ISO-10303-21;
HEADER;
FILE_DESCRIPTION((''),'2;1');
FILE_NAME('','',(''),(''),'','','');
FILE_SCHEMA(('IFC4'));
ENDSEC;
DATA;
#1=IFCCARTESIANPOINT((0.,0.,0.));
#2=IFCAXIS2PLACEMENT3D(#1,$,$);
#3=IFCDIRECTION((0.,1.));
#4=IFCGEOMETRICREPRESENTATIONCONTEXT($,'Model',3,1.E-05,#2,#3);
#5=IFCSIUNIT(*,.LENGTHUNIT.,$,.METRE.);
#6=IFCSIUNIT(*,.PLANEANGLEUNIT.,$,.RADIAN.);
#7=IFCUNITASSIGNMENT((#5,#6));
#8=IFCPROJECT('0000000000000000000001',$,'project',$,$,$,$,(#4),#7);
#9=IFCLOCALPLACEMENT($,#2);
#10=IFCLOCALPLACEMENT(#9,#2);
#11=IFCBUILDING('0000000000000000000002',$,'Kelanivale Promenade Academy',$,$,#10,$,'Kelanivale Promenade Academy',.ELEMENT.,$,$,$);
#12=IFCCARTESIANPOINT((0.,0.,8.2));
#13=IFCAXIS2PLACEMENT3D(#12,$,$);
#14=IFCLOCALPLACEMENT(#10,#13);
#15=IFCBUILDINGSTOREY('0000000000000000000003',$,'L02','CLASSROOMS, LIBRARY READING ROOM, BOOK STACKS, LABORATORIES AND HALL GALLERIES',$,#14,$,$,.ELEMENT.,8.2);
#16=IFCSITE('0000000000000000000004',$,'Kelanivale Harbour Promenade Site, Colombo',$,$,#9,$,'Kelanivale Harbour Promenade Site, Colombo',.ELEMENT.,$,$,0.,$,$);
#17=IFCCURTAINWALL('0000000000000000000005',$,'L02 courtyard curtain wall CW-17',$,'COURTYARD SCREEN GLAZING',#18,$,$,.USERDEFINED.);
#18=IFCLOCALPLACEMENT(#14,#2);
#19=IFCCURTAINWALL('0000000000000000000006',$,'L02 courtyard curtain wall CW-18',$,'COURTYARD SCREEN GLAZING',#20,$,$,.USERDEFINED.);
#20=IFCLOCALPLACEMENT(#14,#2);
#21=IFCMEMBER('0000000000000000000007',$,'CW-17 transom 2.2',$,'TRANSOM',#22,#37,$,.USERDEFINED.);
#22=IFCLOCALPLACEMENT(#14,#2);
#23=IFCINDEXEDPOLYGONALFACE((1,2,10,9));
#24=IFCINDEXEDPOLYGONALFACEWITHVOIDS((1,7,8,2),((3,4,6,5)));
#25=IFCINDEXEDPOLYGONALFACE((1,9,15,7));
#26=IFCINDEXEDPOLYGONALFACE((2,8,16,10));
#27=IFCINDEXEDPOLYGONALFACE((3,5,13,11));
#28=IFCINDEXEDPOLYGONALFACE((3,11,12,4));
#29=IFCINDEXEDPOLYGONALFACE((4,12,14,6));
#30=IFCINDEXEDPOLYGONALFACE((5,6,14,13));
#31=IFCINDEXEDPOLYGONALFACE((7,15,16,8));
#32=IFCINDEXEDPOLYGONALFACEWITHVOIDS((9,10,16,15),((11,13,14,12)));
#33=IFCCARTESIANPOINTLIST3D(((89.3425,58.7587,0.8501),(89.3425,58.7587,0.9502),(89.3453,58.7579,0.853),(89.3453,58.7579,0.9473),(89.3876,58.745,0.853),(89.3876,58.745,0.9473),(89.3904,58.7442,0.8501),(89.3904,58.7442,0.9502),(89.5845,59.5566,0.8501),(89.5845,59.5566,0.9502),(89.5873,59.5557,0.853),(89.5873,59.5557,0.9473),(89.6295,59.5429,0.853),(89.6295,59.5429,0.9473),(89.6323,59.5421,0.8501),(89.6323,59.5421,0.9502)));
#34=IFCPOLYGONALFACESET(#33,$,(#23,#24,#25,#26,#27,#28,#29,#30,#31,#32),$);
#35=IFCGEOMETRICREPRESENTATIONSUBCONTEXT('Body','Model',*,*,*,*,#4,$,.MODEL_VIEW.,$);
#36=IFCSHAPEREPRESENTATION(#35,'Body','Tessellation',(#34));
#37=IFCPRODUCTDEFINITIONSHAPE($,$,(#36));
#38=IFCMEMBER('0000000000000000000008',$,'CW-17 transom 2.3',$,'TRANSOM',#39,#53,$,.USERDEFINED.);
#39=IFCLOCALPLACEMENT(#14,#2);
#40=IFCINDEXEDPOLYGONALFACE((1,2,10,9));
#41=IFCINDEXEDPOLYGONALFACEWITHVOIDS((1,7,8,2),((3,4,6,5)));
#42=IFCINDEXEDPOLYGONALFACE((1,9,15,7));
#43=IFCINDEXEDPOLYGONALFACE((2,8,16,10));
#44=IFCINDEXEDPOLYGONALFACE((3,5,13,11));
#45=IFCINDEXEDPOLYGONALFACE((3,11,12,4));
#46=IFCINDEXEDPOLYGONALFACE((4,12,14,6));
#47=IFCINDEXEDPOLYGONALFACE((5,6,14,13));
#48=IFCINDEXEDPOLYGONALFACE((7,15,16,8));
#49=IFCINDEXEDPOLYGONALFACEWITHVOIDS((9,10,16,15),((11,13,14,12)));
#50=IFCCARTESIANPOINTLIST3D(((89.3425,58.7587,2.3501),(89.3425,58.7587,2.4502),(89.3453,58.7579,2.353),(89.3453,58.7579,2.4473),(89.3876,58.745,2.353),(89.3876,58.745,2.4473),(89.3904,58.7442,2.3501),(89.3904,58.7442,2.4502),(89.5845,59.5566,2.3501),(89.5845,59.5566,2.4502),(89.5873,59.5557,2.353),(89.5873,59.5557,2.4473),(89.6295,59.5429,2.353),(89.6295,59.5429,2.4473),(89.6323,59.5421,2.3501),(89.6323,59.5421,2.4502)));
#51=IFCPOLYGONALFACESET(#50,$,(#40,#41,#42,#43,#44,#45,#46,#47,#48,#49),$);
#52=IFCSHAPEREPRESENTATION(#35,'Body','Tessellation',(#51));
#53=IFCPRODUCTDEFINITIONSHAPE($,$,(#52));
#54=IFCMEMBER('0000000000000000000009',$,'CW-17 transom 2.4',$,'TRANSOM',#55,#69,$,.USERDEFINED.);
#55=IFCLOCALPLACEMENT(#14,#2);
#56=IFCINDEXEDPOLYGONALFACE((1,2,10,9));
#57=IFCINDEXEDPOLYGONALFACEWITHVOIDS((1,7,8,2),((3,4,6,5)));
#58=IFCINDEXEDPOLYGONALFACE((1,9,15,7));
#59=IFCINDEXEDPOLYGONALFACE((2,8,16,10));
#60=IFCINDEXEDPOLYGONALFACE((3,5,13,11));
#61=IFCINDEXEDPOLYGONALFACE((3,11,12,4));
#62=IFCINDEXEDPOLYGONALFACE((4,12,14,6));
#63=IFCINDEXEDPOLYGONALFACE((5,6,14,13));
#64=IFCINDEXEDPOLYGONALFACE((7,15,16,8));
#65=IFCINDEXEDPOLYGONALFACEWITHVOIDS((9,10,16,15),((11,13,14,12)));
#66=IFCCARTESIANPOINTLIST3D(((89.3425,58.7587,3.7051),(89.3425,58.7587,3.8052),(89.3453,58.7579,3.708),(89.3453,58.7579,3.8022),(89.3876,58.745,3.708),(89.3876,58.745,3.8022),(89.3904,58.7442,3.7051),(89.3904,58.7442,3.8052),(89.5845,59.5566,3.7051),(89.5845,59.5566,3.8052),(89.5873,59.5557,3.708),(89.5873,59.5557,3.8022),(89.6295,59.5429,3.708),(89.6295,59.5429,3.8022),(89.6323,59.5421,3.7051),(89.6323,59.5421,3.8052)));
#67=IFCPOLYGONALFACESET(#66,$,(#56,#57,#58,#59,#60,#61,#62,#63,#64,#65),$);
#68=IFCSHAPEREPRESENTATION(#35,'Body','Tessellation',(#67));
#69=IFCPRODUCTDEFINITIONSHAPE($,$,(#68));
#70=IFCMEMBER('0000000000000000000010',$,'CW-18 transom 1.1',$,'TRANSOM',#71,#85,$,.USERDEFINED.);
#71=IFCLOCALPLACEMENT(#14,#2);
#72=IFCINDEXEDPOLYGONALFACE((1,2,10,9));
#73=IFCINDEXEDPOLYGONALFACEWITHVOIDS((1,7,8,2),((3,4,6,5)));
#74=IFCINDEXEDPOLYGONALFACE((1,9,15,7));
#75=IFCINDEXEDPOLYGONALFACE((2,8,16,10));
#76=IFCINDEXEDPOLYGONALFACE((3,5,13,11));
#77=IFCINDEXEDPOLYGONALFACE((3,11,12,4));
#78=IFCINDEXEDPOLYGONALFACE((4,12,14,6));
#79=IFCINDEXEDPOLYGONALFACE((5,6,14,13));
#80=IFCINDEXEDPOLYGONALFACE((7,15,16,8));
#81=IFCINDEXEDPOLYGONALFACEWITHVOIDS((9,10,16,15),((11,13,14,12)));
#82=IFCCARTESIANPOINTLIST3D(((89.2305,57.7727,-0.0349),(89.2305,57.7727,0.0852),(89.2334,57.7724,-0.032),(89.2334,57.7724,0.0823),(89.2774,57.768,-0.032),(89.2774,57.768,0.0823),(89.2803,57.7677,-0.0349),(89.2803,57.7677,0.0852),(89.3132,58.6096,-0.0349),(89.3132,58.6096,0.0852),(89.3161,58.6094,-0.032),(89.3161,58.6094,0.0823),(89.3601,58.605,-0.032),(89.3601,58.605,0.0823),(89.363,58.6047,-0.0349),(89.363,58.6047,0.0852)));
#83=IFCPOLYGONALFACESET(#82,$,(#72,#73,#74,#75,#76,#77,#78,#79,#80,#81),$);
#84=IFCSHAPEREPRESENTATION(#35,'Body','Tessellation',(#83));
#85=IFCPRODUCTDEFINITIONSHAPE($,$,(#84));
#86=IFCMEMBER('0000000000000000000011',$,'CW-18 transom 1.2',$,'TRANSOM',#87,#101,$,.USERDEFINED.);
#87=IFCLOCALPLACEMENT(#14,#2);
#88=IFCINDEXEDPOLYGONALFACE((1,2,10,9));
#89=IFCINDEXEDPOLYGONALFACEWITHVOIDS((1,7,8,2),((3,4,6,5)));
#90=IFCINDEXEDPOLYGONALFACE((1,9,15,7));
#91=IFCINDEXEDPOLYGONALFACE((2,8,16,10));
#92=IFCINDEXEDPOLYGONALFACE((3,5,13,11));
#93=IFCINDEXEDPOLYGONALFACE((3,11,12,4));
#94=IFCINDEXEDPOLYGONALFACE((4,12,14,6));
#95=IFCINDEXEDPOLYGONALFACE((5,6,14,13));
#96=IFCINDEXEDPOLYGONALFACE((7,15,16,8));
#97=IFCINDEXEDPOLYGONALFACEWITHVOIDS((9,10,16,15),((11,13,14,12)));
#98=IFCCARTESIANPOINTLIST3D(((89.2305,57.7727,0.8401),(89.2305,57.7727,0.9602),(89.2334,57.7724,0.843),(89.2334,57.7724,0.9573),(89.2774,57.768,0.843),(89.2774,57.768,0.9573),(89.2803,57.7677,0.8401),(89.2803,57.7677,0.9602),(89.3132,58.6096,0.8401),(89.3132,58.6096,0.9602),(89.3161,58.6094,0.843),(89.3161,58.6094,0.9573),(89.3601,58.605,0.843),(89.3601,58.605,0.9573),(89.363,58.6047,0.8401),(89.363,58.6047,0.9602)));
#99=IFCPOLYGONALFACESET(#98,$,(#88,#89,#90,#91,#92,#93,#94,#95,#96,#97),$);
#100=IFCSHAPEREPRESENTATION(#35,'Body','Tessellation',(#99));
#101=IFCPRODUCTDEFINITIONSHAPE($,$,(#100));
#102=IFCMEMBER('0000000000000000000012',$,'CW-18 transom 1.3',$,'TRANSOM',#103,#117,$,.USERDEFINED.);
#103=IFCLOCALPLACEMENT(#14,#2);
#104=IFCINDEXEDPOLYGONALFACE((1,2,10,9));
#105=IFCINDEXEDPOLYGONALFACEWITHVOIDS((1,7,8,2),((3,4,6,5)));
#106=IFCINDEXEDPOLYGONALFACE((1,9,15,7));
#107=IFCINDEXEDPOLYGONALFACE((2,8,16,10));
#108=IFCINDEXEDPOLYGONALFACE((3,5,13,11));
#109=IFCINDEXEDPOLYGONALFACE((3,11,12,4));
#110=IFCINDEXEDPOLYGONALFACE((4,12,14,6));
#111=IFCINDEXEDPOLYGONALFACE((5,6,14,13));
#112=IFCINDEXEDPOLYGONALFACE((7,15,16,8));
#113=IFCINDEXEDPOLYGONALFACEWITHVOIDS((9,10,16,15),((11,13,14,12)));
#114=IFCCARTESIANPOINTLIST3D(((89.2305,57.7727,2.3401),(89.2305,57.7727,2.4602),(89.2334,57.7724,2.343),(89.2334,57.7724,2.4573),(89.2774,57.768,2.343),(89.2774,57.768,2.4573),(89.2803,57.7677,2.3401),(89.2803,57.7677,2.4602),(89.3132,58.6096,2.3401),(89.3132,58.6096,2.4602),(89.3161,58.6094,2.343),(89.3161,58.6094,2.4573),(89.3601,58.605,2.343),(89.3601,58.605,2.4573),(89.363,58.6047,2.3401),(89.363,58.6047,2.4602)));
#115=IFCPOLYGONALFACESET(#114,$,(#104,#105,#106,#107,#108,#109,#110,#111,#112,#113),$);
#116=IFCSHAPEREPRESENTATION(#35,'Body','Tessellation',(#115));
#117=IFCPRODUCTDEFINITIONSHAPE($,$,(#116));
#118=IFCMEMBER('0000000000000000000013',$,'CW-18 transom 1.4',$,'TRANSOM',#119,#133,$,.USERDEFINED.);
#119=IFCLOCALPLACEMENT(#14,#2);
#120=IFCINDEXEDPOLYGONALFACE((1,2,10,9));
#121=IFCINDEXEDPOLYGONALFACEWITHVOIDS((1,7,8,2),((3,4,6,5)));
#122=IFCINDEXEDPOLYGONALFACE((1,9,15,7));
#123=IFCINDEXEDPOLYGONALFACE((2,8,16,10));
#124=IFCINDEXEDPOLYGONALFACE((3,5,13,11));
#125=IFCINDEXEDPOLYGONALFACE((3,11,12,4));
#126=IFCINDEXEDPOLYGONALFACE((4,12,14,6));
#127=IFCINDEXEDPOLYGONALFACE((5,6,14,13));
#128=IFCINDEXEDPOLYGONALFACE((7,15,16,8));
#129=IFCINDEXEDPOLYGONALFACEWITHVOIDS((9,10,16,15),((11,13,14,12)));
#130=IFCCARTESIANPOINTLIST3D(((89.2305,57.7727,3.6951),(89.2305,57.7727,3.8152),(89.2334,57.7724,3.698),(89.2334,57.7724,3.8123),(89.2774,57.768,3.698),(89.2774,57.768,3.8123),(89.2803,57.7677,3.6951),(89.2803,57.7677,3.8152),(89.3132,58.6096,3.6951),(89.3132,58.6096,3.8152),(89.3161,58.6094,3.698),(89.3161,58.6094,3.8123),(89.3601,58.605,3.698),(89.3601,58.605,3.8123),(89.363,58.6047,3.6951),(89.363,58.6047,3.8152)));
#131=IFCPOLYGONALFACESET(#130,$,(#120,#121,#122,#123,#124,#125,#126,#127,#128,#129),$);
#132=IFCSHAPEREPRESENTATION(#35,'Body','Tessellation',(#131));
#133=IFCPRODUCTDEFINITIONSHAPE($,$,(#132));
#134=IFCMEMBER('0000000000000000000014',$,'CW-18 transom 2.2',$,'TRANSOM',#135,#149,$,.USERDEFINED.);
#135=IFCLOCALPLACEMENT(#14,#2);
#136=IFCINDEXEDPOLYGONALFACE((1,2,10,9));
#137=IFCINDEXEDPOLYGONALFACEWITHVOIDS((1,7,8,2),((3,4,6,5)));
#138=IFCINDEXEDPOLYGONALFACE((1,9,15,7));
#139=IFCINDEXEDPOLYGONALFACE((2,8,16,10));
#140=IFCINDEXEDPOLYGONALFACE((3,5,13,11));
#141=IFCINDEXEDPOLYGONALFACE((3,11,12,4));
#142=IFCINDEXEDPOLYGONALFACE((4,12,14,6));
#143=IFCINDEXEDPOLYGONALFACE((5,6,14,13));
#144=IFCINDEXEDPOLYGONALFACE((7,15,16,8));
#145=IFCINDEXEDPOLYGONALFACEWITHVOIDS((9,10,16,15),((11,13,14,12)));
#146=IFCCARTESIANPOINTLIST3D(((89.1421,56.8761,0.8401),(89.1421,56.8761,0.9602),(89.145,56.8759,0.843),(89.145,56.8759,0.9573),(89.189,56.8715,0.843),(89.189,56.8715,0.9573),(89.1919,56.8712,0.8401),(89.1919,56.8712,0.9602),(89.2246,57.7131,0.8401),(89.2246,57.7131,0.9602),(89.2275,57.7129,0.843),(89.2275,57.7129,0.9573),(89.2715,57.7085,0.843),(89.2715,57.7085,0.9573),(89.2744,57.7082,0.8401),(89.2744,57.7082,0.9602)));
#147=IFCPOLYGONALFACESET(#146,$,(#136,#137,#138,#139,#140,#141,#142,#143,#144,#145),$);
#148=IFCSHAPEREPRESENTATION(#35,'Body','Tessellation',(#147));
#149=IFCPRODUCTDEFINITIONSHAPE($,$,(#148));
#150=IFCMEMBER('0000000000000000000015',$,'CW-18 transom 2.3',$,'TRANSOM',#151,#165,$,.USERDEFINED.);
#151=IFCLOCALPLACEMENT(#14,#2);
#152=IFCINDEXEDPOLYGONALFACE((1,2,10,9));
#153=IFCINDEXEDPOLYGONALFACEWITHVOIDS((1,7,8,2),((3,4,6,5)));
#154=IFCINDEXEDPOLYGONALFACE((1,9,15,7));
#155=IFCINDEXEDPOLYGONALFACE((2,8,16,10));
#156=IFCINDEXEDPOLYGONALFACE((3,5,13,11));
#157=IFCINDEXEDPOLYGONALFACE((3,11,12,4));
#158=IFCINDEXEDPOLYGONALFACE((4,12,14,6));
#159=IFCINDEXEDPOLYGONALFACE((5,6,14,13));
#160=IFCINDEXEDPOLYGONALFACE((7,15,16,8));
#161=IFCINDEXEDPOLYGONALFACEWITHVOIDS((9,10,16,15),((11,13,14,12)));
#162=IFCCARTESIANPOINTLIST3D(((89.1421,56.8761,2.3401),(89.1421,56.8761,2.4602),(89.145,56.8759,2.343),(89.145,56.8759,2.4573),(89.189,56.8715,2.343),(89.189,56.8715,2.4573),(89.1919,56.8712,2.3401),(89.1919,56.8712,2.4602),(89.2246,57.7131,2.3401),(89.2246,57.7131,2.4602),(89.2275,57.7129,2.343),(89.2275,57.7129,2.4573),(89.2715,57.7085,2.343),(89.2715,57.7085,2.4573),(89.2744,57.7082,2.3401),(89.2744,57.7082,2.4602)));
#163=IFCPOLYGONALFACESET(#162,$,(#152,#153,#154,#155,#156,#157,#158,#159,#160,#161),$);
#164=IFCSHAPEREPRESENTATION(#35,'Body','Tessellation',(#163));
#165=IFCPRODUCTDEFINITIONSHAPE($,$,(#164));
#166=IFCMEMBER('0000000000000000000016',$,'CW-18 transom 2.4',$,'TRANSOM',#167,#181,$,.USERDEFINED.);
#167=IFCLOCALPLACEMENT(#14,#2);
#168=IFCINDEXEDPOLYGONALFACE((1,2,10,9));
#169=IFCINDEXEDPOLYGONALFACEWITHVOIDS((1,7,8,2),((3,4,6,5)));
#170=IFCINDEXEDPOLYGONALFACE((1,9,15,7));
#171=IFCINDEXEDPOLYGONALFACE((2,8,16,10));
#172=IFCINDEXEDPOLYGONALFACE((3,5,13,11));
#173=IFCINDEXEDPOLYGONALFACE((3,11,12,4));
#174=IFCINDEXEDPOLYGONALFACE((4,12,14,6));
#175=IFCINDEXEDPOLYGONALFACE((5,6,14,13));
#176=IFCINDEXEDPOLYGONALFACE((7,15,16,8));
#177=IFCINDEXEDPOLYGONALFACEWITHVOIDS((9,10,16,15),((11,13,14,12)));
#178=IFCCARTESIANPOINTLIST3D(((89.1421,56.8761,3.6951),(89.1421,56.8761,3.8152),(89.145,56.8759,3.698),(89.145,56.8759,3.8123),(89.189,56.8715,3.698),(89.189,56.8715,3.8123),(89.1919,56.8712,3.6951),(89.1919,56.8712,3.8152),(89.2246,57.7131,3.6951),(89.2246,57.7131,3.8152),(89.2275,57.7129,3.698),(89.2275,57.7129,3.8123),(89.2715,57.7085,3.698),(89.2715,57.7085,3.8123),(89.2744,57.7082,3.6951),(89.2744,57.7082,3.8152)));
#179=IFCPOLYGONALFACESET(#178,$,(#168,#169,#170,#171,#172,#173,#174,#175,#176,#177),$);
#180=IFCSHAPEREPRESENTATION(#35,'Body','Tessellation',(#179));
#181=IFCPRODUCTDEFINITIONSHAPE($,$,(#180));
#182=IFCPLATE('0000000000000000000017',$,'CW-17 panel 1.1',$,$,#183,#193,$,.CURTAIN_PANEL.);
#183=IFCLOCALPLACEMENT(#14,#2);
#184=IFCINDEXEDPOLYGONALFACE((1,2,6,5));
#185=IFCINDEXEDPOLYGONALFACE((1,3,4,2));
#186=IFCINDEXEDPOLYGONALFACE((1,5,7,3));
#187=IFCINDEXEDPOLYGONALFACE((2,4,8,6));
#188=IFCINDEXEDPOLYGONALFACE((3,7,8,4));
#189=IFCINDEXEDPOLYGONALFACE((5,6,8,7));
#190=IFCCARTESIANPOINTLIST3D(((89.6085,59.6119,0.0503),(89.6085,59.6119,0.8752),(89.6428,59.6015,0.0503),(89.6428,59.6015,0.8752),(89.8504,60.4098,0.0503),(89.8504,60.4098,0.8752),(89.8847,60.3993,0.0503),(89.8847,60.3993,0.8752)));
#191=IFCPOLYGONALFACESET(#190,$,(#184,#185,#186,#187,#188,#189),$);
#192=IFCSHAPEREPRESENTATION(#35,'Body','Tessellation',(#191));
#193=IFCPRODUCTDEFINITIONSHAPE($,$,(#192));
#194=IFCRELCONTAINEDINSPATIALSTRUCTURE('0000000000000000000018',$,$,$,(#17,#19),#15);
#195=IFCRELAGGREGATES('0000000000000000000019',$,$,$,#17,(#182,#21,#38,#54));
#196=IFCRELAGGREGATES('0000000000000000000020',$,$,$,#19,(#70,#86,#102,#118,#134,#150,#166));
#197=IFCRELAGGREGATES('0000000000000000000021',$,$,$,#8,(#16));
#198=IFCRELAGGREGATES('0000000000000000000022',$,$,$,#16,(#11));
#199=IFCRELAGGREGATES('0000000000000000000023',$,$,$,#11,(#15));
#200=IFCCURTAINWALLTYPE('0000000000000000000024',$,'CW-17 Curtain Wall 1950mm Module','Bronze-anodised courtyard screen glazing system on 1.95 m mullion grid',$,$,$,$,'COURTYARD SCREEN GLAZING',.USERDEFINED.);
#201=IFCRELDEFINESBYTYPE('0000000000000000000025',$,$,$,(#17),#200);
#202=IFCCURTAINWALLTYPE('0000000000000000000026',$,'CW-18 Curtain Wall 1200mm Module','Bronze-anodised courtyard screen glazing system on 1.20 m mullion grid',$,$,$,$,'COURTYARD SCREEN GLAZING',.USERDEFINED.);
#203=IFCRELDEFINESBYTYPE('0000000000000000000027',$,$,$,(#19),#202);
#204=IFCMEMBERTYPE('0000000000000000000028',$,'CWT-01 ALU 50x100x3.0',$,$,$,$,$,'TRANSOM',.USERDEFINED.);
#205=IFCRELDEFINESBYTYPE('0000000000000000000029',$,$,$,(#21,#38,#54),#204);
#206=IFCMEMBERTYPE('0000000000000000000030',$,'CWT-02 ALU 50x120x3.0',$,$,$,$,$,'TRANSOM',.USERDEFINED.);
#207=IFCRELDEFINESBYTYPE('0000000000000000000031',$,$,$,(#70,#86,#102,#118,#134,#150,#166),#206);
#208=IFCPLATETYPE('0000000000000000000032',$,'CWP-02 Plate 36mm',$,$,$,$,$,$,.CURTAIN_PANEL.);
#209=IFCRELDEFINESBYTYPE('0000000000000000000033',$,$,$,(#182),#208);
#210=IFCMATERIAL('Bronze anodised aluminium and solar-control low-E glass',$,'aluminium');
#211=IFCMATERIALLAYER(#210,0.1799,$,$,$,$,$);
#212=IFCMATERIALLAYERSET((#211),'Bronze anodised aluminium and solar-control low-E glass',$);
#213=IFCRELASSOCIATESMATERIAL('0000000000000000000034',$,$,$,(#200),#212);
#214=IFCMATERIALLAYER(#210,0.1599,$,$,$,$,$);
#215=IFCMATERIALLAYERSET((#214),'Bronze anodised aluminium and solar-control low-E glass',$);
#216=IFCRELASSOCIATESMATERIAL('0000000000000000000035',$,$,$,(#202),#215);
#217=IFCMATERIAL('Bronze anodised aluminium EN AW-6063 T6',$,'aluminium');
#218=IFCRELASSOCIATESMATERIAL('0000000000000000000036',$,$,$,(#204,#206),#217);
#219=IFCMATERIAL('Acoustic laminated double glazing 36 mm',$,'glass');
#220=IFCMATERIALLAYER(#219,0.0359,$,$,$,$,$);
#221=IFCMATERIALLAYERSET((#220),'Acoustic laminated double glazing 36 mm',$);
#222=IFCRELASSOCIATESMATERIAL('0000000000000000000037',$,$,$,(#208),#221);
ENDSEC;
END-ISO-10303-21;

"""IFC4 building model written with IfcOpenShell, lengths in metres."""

from ifc_helpers import new_model, si_unit, direction, frame, origin, origin_2d, place, context, subcontext, project, spatial, rectangle, hollow_rectangle, extrude, material, layer, layer_set, material_profile, profile_set, type_object, element, aggregate, save


model = new_model("IFC4")

# Units and contexts
model_context = context("Model", 3, precision=1e-05, world=origin(), true_north=direction((0.0, 1.0)))
body_context = subcontext(model_context, "Body", "Model", "MODEL_VIEW")
ifc_project = project(units=[si_unit("LENGTHUNIT", "METRE"), si_unit("PLANEANGLEUNIT", "RADIAN")], contexts=[model_context])

# Site, building, storey
site_placement = place(None, origin())
site = spatial("IfcSite", under=ifc_project, at=site_placement, Name="Kelanivale Harbour Promenade Site, Colombo", LongName="Kelanivale Harbour Promenade Site, Colombo", CompositionType="ELEMENT", RefElevation=0.0)
building_placement = place(site_placement, origin())
building = spatial("IfcBuilding", under=site, at=building_placement, Name="Kelanivale Promenade Academy", LongName="Kelanivale Promenade Academy", CompositionType="ELEMENT")
storey_placement = place(building_placement, frame((0.0, 0.0, 8.2)))
storey = spatial("IfcBuildingStorey", under=building, at=storey_placement, Name="L02", Description="CLASSROOMS, LIBRARY READING ROOM, BOOK STACKS, LABORATORIES AND HALL GALLERIES", CompositionType="ELEMENT", Elevation=8.2)

# Curtain walls
ifc_material_1 = material(Name="Bronze anodised aluminium and solar-control low-E glass", Category="aluminium")
ifc_layer_1 = layer(ifc_material_1, 0.1799)
ifc_layer_set_1 = layer_set([ifc_layer_1], Name="Bronze anodised aluminium and solar-control low-E glass")
curtain_wall_type_1 = type_object("IfcCurtainWallType", Name="CW-17 Curtain Wall 1950mm Module", Description="Bronze-anodised courtyard screen glazing system on 1.95 m mullion grid", ElementType="COURTYARD SCREEN GLAZING", PredefinedType="USERDEFINED", material=ifc_layer_set_1)
curtain_wall_1_placement = place(storey_placement, origin())
curtain_wall_1 = element("IfcCurtainWall", 1, at=curtain_wall_1_placement, inside=storey, type_object=curtain_wall_type_1, Name="L02 courtyard curtain wall CW-17", ObjectType="COURTYARD SCREEN GLAZING", PredefinedType="USERDEFINED")
ifc_material_2 = material(Name="Bronze anodised aluminium EN AW-6063 T6", Category="aluminium")
ifc_layer_2 = layer(ifc_material_1, 0.1599)
ifc_layer_set_2 = layer_set([ifc_layer_2], Name="Bronze anodised aluminium and solar-control low-E glass")
curtain_wall_type_2 = type_object("IfcCurtainWallType", Name="CW-18 Curtain Wall 1200mm Module", Description="Bronze-anodised courtyard screen glazing system on 1.20 m mullion grid", ElementType="COURTYARD SCREEN GLAZING", PredefinedType="USERDEFINED", material=ifc_layer_set_2)
curtain_wall_2_placement = place(storey_placement, origin())
curtain_wall_2 = element("IfcCurtainWall", 2, at=curtain_wall_2_placement, inside=storey, type_object=curtain_wall_type_2, Name="L02 courtyard curtain wall CW-18", ObjectType="COURTYARD SCREEN GLAZING", PredefinedType="USERDEFINED")

# Members
ifc_material_profile_1 = material_profile(ifc_material_2, hollow_rectangle(XDim=0.05, YDim=0.1001, WallThickness=0.0029, at=origin_2d()), Name="ALU 50x100x3.0")
ifc_profile_set_1 = profile_set([ifc_material_profile_1], Name="Bronze anodised aluminium EN AW-6063 T6")
member_type_1 = type_object("IfcMemberType", Name="CWT-01 ALU 50x100x3.0", ElementType="TRANSOM", PredefinedType="USERDEFINED", material=ifc_profile_set_1)
member_1_placement = place(storey_placement, frame((89.6084, 59.5493, 0.9001), z_axis=(-0.290194, -0.956968, 0.0), x_axis=(0.956968, -0.290194, 0.0)))
member_1 = element("IfcMember", 3, at=member_1_placement, type_object=member_type_1, Name="CW-17 transom 2.2", ObjectType="TRANSOM", PredefinedType="USERDEFINED", context=body_context, shape_type="SweptSolid", body=[
    extrude(hollow_rectangle(XDim=0.05, YDim=0.1001, WallThickness=0.0029, at=origin_2d()), origin(), (0.0, 0.0, 1.0), 0.8337),
])
member_2_placement = place(storey_placement, frame((89.6084, 59.5493, 2.4001), z_axis=(-0.290194, -0.956968, 0.0), x_axis=(0.956968, -0.290194, 0.0)))
member_2 = element("IfcMember", 4, at=member_2_placement, type_object=member_type_1, Name="CW-17 transom 2.3", ObjectType="TRANSOM", PredefinedType="USERDEFINED", context=body_context, shape_type="SweptSolid", body=[
    extrude(hollow_rectangle(XDim=0.05, YDim=0.1001, WallThickness=0.0029, at=origin_2d()), origin(), (0.0, 0.0, 1.0), 0.8337),
])
member_3_placement = place(storey_placement, frame((89.6084, 59.5493, 3.7551), z_axis=(-0.290194, -0.956968, 0.0), x_axis=(0.956968, -0.290194, 0.0)))
member_3 = element("IfcMember", 5, at=member_3_placement, type_object=member_type_1, Name="CW-17 transom 2.4", ObjectType="TRANSOM", PredefinedType="USERDEFINED", context=body_context, shape_type="SweptSolid", body=[
    extrude(hollow_rectangle(XDim=0.05, YDim=0.1001, WallThickness=0.0029, at=origin_2d()), origin(), (0.0, 0.0, 1.0), 0.8337),
])
ifc_material_profile_2 = material_profile(ifc_material_2, hollow_rectangle(XDim=0.05, YDim=0.1201, WallThickness=0.0029, at=origin_2d()), Name="ALU 50x120x3.0")
ifc_profile_set_2 = profile_set([ifc_material_profile_2], Name="Bronze anodised aluminium EN AW-6063 T6")
member_type_2 = type_object("IfcMemberType", Name="CWT-02 ALU 50x120x3.0", ElementType="TRANSOM", PredefinedType="USERDEFINED", material=ifc_profile_set_2)
member_4_placement = place(storey_placement, frame((89.3381, 58.6072, 0.0251), z_axis=(-0.098411, -0.995146, 0.0), x_axis=(0.995146, -0.098411, 0.0)))
member_4 = element("IfcMember", 6, at=member_4_placement, type_object=member_type_2, Name="CW-18 transom 1.1", ObjectType="TRANSOM", PredefinedType="USERDEFINED", context=body_context, shape_type="SweptSolid", body=[
    extrude(hollow_rectangle(XDim=0.05, YDim=0.1201, WallThickness=0.0029, at=origin_2d()), origin(), (0.0, 0.0, 1.0), 0.8411),
])
member_5_placement = place(storey_placement, frame((89.3381, 58.6072, 0.9001), z_axis=(-0.098411, -0.995146, 0.0), x_axis=(0.995146, -0.098411, 0.0)))
member_5 = element("IfcMember", 7, at=member_5_placement, type_object=member_type_2, Name="CW-18 transom 1.2", ObjectType="TRANSOM", PredefinedType="USERDEFINED", context=body_context, shape_type="SweptSolid", body=[
    extrude(hollow_rectangle(XDim=0.05, YDim=0.1201, WallThickness=0.0029, at=origin_2d()), origin(), (0.0, 0.0, 1.0), 0.8411),
])
member_6_placement = place(storey_placement, frame((89.3381, 58.6072, 2.4001), z_axis=(-0.098411, -0.995146, 0.0), x_axis=(0.995146, -0.098411, 0.0)))
member_6 = element("IfcMember", 8, at=member_6_placement, type_object=member_type_2, Name="CW-18 transom 1.3", ObjectType="TRANSOM", PredefinedType="USERDEFINED", context=body_context, shape_type="SweptSolid", body=[
    extrude(hollow_rectangle(XDim=0.05, YDim=0.1201, WallThickness=0.0029, at=origin_2d()), origin(), (0.0, 0.0, 1.0), 0.8411),
])
member_7_placement = place(storey_placement, frame((89.3381, 58.6072, 3.7551), z_axis=(-0.098411, -0.995146, 0.0), x_axis=(0.995146, -0.098411, 0.0)))
member_7 = element("IfcMember", 9, at=member_7_placement, type_object=member_type_2, Name="CW-18 transom 1.4", ObjectType="TRANSOM", PredefinedType="USERDEFINED", context=body_context, shape_type="SweptSolid", body=[
    extrude(hollow_rectangle(XDim=0.05, YDim=0.1201, WallThickness=0.0029, at=origin_2d()), origin(), (0.0, 0.0, 1.0), 0.8411),
])
member_8_placement = place(storey_placement, frame((89.2495, 57.7107, 0.9001), z_axis=(-0.098124, -0.995174, 0.0), x_axis=(0.995174, -0.098124, 0.0)))
member_8 = element("IfcMember", 10, at=member_8_placement, type_object=member_type_2, Name="CW-18 transom 2.2", ObjectType="TRANSOM", PredefinedType="USERDEFINED", context=body_context, shape_type="SweptSolid", body=[
    extrude(hollow_rectangle(XDim=0.05, YDim=0.1201, WallThickness=0.0029, at=origin_2d()), origin(), (0.0, 0.0, 1.0), 0.8411),
])
member_9_placement = place(storey_placement, frame((89.2495, 57.7107, 2.4001), z_axis=(-0.098124, -0.995174, 0.0), x_axis=(0.995174, -0.098124, 0.0)))
member_9 = element("IfcMember", 11, at=member_9_placement, type_object=member_type_2, Name="CW-18 transom 2.3", ObjectType="TRANSOM", PredefinedType="USERDEFINED", context=body_context, shape_type="SweptSolid", body=[
    extrude(hollow_rectangle(XDim=0.05, YDim=0.1201, WallThickness=0.0029, at=origin_2d()), origin(), (0.0, 0.0, 1.0), 0.8411),
])
member_10_placement = place(storey_placement, frame((89.2495, 57.7107, 3.7551), z_axis=(-0.098124, -0.995174, 0.0), x_axis=(0.995174, -0.098124, 0.0)))
member_10 = element("IfcMember", 12, at=member_10_placement, type_object=member_type_2, Name="CW-18 transom 2.4", ObjectType="TRANSOM", PredefinedType="USERDEFINED", context=body_context, shape_type="SweptSolid", body=[
    extrude(hollow_rectangle(XDim=0.05, YDim=0.1201, WallThickness=0.0029, at=origin_2d()), origin(), (0.0, 0.0, 1.0), 0.8411),
])

# Plate
ifc_material_3 = material(Name="Acoustic laminated double glazing 36 mm", Category="glass")
ifc_layer_3 = layer(ifc_material_3, 0.0359)
ifc_layer_set_3 = layer_set([ifc_layer_3], Name="Acoustic laminated double glazing 36 mm")
plate_type_1 = type_object("IfcPlateType", Name="CWP-02 Plate 36mm", PredefinedType="CURTAIN_PANEL", material=ifc_layer_set_3)
plate_1_placement = place(storey_placement, frame((89.7466, 60.0056, 0.0503), z_axis=(0.0, 0.0, 1.0), x_axis=(-0.290128, -0.956988, 0.0)))
plate_1 = element("IfcPlate", 13, at=plate_1_placement, type_object=plate_type_1, Name="CW-17 panel 1.1", PredefinedType="CURTAIN_PANEL", context=body_context, shape_type="SweptSolid", body=[
    extrude(rectangle(XDim=0.8337, YDim=0.0359, at=origin_2d()), origin(), (0.0, 0.0, 1.0), 0.825),
])
aggregate(curtain_wall_1, [plate_1, member_1, member_2, member_3])
aggregate(curtain_wall_2, [member_4, member_5, member_6, member_7, member_8, member_9, member_10])

save(model, "model.ifc")
